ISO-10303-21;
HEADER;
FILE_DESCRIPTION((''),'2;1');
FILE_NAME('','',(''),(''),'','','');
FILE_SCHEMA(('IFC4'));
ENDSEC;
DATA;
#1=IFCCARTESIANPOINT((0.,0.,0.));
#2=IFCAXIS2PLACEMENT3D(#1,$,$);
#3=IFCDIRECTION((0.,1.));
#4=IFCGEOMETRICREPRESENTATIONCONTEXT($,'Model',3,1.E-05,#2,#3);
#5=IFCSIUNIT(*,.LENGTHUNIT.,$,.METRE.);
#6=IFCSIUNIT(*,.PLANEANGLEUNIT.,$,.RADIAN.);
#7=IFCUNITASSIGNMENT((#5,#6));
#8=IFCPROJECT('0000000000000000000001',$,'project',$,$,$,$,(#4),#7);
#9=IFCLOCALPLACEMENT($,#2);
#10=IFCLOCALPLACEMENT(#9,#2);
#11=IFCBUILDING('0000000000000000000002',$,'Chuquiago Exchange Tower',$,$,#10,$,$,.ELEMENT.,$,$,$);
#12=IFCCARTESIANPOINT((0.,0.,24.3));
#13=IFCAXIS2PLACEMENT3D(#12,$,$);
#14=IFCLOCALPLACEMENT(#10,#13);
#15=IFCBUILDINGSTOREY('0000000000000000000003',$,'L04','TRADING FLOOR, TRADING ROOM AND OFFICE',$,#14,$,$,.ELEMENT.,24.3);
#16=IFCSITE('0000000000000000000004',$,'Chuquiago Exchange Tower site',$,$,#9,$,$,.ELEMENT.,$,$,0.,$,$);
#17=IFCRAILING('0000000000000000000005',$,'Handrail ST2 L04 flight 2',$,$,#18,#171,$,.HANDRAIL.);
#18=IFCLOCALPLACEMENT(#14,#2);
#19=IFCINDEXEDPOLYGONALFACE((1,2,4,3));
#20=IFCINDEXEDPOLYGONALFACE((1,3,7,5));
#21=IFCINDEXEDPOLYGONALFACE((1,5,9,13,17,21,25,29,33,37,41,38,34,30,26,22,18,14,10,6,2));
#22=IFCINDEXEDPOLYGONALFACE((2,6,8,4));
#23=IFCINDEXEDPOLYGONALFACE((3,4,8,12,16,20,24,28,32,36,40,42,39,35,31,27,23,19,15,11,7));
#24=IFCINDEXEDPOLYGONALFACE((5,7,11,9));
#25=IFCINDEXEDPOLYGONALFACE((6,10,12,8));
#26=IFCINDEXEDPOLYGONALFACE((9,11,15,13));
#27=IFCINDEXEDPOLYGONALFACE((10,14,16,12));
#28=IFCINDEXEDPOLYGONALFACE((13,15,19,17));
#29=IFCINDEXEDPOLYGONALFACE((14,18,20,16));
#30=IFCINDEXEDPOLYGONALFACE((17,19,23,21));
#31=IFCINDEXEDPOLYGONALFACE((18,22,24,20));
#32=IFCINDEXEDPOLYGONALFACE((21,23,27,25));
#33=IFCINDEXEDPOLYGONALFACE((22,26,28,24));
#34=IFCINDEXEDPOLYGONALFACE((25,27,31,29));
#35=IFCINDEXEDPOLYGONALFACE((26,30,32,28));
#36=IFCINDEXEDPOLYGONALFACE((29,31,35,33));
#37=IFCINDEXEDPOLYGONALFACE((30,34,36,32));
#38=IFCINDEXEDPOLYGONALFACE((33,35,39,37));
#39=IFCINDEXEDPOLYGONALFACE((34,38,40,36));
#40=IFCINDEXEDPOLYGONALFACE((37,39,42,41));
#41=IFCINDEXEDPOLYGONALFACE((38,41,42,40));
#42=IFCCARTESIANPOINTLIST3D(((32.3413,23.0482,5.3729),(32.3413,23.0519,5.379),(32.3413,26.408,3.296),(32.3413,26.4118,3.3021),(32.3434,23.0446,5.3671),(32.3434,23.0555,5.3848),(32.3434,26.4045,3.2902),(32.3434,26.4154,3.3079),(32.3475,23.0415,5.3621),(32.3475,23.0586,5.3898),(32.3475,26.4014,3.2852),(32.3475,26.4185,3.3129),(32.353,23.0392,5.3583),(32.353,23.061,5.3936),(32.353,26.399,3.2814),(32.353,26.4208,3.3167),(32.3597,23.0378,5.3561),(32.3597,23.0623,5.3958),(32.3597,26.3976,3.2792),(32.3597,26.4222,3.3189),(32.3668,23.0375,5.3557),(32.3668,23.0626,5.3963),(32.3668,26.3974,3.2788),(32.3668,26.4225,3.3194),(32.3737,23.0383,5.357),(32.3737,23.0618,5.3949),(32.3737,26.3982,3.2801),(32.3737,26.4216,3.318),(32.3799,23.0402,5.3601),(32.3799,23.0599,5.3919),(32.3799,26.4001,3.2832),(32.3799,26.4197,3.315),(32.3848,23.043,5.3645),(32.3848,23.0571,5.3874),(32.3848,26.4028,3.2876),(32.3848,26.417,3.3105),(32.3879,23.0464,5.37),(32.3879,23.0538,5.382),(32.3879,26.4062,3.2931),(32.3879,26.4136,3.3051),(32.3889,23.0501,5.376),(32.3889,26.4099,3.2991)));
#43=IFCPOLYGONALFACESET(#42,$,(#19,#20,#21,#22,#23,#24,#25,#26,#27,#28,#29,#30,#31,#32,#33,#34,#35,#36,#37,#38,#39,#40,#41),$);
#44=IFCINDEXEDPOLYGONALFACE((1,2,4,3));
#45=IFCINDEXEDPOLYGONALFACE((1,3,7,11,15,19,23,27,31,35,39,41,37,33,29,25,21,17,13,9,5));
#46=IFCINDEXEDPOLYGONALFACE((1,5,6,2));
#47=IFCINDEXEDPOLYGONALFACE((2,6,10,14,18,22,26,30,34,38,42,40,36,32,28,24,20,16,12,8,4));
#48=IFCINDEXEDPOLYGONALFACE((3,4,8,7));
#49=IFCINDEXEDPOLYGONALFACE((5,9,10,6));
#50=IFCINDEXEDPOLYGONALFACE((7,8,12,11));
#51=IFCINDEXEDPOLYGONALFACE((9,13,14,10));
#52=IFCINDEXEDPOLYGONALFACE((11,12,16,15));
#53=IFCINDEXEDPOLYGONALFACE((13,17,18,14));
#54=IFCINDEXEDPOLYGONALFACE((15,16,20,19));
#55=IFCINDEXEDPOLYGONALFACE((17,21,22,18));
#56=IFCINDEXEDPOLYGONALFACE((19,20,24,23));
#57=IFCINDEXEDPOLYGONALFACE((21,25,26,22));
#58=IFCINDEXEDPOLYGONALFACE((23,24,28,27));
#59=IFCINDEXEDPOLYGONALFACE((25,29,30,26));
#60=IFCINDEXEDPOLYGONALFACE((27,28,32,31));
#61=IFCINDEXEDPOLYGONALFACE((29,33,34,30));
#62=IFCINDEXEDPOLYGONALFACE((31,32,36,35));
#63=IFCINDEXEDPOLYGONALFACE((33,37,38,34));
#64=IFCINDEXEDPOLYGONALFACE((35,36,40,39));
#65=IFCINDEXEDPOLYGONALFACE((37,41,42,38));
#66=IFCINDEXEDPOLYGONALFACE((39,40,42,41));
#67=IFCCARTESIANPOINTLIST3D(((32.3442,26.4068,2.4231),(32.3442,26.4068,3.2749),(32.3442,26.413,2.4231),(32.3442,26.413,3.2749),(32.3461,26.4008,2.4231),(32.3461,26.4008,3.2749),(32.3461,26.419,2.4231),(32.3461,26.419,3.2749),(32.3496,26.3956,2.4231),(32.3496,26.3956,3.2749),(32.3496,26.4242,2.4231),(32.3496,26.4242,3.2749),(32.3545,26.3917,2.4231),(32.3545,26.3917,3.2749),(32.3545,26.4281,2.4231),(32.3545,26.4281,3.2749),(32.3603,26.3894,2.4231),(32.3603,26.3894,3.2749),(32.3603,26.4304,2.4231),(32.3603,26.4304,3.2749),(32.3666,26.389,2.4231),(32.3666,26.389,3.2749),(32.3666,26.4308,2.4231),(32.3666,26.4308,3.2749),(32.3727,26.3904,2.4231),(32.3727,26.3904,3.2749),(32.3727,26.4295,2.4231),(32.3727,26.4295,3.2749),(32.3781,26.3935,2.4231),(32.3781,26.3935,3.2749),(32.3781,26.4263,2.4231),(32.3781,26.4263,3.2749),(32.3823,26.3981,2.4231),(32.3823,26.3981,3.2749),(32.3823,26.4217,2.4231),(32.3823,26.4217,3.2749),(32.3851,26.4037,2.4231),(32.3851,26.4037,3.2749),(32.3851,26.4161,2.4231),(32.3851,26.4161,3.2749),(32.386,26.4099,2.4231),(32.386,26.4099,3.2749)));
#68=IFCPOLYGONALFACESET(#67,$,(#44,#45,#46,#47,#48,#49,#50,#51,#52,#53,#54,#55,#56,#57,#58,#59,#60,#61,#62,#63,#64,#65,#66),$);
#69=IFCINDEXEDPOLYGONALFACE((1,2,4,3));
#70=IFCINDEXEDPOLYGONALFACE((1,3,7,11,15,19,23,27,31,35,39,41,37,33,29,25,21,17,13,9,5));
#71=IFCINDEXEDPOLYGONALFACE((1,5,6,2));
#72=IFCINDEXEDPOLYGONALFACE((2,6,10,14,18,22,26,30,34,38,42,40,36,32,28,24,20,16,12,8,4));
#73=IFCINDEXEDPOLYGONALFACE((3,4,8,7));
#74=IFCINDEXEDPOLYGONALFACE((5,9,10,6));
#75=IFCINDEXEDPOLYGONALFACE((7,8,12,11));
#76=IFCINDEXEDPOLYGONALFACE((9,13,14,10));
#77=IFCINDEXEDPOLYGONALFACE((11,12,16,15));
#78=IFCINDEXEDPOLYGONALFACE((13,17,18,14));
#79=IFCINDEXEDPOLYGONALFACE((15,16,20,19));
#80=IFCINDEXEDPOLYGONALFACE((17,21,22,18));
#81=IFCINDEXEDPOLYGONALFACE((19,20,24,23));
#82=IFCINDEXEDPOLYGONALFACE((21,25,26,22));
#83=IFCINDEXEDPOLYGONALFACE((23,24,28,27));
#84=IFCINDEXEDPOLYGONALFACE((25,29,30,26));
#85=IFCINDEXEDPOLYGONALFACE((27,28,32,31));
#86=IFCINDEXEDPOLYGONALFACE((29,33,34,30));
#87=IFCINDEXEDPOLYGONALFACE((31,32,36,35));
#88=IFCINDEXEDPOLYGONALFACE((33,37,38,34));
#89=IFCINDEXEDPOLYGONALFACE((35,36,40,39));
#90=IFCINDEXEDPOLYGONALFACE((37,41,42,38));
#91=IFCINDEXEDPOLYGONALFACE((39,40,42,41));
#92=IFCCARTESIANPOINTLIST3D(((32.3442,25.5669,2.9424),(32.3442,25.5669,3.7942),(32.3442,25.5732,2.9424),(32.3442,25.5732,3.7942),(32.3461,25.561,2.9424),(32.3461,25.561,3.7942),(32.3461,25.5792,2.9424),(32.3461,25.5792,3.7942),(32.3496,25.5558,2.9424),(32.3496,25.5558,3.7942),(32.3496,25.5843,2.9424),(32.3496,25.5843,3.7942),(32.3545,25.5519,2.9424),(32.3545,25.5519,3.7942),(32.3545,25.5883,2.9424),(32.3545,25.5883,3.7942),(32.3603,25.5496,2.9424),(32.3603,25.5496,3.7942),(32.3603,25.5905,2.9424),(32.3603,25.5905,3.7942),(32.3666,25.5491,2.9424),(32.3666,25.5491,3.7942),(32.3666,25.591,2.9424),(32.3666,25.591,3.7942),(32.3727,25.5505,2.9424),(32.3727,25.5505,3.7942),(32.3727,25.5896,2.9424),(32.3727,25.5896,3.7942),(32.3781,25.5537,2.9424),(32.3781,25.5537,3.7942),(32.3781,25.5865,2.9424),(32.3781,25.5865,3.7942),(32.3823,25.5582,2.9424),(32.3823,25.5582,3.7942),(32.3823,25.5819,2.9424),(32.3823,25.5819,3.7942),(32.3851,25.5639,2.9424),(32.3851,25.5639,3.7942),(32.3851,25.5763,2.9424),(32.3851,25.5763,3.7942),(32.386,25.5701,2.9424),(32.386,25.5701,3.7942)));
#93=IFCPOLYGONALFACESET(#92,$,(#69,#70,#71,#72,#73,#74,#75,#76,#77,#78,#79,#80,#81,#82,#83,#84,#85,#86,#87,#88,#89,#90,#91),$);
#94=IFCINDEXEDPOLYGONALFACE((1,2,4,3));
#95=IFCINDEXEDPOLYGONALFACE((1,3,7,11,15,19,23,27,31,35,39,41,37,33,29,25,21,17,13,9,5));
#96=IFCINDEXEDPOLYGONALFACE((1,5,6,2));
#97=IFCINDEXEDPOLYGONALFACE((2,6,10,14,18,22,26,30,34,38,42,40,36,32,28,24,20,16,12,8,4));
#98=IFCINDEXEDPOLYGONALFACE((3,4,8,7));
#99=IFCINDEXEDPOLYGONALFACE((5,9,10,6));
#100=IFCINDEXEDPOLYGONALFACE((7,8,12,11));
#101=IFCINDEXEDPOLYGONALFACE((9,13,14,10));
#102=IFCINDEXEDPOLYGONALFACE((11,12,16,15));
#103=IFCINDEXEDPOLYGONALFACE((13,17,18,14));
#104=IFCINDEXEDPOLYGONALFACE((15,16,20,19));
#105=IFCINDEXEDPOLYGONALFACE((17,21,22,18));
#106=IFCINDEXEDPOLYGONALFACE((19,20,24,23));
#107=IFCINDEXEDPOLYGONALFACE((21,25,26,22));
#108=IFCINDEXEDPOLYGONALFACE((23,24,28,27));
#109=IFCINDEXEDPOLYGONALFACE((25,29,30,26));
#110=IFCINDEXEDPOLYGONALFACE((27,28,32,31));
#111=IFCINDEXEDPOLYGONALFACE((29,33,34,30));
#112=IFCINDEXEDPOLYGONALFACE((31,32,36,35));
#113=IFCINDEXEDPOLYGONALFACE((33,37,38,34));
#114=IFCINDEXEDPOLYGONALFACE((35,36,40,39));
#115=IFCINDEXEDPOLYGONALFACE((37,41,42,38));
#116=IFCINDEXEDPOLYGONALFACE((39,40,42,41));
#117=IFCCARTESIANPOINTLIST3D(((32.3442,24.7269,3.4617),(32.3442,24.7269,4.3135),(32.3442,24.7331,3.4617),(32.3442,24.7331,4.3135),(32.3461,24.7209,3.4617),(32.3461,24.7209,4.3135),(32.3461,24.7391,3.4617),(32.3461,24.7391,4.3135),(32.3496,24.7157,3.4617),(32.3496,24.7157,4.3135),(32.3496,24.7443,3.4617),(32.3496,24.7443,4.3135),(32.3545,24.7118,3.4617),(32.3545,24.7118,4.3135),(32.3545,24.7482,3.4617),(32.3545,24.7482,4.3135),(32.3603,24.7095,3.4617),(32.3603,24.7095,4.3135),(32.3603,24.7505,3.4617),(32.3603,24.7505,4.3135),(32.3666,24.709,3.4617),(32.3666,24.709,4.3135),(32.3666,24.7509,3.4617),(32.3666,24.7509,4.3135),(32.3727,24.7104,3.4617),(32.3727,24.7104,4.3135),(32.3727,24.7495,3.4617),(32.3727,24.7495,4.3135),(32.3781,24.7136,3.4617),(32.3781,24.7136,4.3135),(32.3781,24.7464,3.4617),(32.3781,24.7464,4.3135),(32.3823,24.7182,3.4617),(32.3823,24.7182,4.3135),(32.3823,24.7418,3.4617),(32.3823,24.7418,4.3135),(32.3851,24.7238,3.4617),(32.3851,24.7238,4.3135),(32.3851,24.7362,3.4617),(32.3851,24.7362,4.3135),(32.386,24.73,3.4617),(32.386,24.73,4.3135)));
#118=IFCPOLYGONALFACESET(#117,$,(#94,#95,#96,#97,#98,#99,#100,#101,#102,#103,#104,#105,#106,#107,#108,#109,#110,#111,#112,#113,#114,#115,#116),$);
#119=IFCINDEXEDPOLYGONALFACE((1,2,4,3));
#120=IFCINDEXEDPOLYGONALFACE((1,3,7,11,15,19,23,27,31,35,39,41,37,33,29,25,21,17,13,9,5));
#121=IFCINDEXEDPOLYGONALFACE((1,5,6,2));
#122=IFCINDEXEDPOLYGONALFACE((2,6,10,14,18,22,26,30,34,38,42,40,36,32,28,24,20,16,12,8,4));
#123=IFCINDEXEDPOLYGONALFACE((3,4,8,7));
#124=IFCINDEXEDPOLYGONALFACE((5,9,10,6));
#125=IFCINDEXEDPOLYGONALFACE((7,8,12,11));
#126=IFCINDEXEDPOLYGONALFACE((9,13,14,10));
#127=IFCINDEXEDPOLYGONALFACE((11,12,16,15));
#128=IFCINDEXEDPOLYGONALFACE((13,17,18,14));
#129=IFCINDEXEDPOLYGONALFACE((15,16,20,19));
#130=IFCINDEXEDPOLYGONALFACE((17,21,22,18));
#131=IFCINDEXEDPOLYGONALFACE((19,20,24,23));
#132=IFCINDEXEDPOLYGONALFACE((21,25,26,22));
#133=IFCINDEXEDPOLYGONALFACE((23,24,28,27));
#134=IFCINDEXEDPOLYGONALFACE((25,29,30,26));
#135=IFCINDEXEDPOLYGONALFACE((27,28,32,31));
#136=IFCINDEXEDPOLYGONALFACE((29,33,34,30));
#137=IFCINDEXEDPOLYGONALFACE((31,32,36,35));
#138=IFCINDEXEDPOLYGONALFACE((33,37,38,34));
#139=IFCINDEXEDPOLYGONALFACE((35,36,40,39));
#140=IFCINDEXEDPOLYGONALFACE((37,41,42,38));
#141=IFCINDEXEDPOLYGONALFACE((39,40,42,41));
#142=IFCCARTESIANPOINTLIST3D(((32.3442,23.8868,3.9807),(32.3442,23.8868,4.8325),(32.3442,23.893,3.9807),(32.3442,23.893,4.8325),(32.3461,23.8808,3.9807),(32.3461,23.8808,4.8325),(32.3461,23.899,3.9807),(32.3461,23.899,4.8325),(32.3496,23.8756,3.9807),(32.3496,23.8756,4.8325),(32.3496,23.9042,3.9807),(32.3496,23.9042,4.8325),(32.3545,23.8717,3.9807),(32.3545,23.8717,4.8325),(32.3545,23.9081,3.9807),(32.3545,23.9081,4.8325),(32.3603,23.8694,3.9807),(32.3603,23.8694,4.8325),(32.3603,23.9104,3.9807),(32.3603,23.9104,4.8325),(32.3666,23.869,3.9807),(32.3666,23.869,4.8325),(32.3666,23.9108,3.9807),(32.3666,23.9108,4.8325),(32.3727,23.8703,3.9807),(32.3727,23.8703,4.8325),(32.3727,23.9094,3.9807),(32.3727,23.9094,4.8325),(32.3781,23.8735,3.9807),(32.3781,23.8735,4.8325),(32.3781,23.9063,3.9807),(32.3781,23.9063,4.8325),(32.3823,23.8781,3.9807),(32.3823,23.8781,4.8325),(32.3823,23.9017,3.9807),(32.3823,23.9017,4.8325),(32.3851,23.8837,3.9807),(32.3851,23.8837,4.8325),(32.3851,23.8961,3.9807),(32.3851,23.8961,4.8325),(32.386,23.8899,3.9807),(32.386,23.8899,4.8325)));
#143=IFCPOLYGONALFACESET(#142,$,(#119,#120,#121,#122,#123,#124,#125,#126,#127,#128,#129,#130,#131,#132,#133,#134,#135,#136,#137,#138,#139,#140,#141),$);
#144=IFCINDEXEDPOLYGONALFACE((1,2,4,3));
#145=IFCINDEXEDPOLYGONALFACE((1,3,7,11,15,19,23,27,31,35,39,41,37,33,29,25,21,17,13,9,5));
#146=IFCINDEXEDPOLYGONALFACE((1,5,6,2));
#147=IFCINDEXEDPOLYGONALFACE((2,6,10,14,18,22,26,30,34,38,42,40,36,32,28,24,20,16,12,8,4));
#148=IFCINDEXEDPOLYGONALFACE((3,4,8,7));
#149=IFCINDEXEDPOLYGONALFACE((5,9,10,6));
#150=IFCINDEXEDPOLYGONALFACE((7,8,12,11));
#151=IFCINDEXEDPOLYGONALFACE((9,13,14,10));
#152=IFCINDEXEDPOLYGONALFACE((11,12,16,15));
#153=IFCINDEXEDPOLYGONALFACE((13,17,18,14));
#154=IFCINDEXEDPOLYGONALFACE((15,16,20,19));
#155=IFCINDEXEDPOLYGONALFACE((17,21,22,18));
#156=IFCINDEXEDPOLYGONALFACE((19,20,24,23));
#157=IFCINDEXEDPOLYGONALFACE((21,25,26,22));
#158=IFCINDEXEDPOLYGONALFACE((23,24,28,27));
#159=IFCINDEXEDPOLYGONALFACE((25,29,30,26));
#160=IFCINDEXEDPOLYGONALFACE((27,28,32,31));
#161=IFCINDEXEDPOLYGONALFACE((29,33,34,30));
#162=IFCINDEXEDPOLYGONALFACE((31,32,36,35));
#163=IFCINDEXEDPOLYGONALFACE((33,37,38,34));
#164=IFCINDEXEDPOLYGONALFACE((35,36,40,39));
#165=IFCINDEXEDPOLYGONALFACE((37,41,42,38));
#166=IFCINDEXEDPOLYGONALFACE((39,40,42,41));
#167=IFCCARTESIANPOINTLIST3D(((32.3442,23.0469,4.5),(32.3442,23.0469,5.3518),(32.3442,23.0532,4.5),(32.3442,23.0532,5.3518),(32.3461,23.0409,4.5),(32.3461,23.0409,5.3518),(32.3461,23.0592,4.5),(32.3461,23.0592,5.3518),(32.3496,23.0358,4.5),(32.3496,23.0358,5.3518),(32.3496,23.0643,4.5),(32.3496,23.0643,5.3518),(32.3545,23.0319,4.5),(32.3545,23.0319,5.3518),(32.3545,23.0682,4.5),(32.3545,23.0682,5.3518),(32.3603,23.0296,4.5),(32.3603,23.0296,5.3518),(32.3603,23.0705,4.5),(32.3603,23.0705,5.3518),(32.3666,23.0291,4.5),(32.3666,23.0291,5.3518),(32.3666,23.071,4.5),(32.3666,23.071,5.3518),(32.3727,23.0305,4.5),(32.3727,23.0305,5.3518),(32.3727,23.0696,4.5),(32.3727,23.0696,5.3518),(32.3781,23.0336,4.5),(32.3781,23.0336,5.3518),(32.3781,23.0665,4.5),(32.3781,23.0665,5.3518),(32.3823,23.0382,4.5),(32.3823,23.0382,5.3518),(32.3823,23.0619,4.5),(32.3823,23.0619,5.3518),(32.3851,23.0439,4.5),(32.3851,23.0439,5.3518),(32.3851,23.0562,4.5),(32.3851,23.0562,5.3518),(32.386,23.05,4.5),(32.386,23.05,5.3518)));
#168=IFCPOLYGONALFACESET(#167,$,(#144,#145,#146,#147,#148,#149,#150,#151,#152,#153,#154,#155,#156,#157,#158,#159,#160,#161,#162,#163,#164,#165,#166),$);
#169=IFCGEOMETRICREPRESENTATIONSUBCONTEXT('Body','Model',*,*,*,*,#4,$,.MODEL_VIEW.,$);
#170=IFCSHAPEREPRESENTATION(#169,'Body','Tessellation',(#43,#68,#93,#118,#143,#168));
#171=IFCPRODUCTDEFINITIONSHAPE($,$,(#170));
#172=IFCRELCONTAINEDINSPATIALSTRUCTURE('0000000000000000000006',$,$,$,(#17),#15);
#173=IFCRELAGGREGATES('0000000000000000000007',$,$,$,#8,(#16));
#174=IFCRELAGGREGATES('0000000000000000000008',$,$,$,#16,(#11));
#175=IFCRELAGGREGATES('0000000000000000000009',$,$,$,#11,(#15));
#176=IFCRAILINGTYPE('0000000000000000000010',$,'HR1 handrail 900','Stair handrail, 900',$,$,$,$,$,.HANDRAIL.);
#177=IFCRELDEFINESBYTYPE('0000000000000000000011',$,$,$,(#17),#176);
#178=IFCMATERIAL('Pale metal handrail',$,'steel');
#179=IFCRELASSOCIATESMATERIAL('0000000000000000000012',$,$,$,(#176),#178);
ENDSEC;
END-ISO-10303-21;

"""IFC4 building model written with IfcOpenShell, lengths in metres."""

from ifc_helpers import new_model, si_unit, direction, frame, origin, origin_2d, place, context, subcontext, project, spatial, circle, extrude, material, type_object, element, save


model = new_model("IFC4")

# Units and contexts
model_context = context("Model", 3, precision=1e-05, world=origin(), true_north=direction((0.0, 1.0)))
body_context = subcontext(model_context, "Body", "Model", "MODEL_VIEW")
ifc_project = project(units=[si_unit("LENGTHUNIT", "METRE"), si_unit("PLANEANGLEUNIT", "RADIAN")], contexts=[model_context])

# Site, building, storey
site_placement = place(None, origin())
site = spatial("IfcSite", under=ifc_project, at=site_placement, Name="Chuquiago Exchange Tower site", CompositionType="ELEMENT", RefElevation=0.0)
building_placement = place(site_placement, origin())
building = spatial("IfcBuilding", under=site, at=building_placement, Name="Chuquiago Exchange Tower", CompositionType="ELEMENT")
storey_placement = place(building_placement, frame((0.0, 0.0, 24.3)))
storey = spatial("IfcBuildingStorey", under=building, at=storey_placement, Name="L04", Description="TRADING FLOOR, TRADING ROOM AND OFFICE", CompositionType="ELEMENT", Elevation=24.3)

# Railing
ifc_material_1 = material(Name="Pale metal handrail", Category="steel")
railing_type_1 = type_object("IfcRailingType", Name="HR1 handrail 900", Description="Stair handrail, 900", PredefinedType="HANDRAIL", material=ifc_material_1)
for number, where, name in (
    (1, (32.365, 26.4099, 2.4231), "Handrail ST2 L04 flight 2"),
):
    element("IfcRailing", number, at=place(storey_placement, frame(where)), inside=storey, type_object=railing_type_1, Name=name, PredefinedType="HANDRAIL", context=body_context, shape_type="SweptSolid", body=[
        extrude(circle(Radius=0.0239, at=origin_2d()), frame((0.0, 0.0, 0.876), z_axis=(0.0, -0.850606, 0.525803), x_axis=(1.0, 0.0, 0.0)), (0.0, 0.0, 1.0), 3.95),
        extrude(circle(Radius=0.021, at=origin_2d()), origin(), (0.0, 0.0, 1.0), 0.8518),
        extrude(circle(Radius=0.021, at=origin_2d()), frame((0.0, -0.8398, 0.5193)), (0.0, 0.0, 1.0), 0.8518),
        extrude(circle(Radius=0.021, at=origin_2d()), frame((0.0, -1.6799, 1.0386)), (0.0, 0.0, 1.0), 0.8518),
        extrude(circle(Radius=0.021, at=origin_2d()), frame((0.0, -2.52, 1.5576)), (0.0, 0.0, 1.0), 0.8518),
        extrude(circle(Radius=0.021, at=origin_2d()), frame((0.0, -3.3599, 2.0769)), (0.0, 0.0, 1.0), 0.8518),
    ])

save(model, "model.ifc")
